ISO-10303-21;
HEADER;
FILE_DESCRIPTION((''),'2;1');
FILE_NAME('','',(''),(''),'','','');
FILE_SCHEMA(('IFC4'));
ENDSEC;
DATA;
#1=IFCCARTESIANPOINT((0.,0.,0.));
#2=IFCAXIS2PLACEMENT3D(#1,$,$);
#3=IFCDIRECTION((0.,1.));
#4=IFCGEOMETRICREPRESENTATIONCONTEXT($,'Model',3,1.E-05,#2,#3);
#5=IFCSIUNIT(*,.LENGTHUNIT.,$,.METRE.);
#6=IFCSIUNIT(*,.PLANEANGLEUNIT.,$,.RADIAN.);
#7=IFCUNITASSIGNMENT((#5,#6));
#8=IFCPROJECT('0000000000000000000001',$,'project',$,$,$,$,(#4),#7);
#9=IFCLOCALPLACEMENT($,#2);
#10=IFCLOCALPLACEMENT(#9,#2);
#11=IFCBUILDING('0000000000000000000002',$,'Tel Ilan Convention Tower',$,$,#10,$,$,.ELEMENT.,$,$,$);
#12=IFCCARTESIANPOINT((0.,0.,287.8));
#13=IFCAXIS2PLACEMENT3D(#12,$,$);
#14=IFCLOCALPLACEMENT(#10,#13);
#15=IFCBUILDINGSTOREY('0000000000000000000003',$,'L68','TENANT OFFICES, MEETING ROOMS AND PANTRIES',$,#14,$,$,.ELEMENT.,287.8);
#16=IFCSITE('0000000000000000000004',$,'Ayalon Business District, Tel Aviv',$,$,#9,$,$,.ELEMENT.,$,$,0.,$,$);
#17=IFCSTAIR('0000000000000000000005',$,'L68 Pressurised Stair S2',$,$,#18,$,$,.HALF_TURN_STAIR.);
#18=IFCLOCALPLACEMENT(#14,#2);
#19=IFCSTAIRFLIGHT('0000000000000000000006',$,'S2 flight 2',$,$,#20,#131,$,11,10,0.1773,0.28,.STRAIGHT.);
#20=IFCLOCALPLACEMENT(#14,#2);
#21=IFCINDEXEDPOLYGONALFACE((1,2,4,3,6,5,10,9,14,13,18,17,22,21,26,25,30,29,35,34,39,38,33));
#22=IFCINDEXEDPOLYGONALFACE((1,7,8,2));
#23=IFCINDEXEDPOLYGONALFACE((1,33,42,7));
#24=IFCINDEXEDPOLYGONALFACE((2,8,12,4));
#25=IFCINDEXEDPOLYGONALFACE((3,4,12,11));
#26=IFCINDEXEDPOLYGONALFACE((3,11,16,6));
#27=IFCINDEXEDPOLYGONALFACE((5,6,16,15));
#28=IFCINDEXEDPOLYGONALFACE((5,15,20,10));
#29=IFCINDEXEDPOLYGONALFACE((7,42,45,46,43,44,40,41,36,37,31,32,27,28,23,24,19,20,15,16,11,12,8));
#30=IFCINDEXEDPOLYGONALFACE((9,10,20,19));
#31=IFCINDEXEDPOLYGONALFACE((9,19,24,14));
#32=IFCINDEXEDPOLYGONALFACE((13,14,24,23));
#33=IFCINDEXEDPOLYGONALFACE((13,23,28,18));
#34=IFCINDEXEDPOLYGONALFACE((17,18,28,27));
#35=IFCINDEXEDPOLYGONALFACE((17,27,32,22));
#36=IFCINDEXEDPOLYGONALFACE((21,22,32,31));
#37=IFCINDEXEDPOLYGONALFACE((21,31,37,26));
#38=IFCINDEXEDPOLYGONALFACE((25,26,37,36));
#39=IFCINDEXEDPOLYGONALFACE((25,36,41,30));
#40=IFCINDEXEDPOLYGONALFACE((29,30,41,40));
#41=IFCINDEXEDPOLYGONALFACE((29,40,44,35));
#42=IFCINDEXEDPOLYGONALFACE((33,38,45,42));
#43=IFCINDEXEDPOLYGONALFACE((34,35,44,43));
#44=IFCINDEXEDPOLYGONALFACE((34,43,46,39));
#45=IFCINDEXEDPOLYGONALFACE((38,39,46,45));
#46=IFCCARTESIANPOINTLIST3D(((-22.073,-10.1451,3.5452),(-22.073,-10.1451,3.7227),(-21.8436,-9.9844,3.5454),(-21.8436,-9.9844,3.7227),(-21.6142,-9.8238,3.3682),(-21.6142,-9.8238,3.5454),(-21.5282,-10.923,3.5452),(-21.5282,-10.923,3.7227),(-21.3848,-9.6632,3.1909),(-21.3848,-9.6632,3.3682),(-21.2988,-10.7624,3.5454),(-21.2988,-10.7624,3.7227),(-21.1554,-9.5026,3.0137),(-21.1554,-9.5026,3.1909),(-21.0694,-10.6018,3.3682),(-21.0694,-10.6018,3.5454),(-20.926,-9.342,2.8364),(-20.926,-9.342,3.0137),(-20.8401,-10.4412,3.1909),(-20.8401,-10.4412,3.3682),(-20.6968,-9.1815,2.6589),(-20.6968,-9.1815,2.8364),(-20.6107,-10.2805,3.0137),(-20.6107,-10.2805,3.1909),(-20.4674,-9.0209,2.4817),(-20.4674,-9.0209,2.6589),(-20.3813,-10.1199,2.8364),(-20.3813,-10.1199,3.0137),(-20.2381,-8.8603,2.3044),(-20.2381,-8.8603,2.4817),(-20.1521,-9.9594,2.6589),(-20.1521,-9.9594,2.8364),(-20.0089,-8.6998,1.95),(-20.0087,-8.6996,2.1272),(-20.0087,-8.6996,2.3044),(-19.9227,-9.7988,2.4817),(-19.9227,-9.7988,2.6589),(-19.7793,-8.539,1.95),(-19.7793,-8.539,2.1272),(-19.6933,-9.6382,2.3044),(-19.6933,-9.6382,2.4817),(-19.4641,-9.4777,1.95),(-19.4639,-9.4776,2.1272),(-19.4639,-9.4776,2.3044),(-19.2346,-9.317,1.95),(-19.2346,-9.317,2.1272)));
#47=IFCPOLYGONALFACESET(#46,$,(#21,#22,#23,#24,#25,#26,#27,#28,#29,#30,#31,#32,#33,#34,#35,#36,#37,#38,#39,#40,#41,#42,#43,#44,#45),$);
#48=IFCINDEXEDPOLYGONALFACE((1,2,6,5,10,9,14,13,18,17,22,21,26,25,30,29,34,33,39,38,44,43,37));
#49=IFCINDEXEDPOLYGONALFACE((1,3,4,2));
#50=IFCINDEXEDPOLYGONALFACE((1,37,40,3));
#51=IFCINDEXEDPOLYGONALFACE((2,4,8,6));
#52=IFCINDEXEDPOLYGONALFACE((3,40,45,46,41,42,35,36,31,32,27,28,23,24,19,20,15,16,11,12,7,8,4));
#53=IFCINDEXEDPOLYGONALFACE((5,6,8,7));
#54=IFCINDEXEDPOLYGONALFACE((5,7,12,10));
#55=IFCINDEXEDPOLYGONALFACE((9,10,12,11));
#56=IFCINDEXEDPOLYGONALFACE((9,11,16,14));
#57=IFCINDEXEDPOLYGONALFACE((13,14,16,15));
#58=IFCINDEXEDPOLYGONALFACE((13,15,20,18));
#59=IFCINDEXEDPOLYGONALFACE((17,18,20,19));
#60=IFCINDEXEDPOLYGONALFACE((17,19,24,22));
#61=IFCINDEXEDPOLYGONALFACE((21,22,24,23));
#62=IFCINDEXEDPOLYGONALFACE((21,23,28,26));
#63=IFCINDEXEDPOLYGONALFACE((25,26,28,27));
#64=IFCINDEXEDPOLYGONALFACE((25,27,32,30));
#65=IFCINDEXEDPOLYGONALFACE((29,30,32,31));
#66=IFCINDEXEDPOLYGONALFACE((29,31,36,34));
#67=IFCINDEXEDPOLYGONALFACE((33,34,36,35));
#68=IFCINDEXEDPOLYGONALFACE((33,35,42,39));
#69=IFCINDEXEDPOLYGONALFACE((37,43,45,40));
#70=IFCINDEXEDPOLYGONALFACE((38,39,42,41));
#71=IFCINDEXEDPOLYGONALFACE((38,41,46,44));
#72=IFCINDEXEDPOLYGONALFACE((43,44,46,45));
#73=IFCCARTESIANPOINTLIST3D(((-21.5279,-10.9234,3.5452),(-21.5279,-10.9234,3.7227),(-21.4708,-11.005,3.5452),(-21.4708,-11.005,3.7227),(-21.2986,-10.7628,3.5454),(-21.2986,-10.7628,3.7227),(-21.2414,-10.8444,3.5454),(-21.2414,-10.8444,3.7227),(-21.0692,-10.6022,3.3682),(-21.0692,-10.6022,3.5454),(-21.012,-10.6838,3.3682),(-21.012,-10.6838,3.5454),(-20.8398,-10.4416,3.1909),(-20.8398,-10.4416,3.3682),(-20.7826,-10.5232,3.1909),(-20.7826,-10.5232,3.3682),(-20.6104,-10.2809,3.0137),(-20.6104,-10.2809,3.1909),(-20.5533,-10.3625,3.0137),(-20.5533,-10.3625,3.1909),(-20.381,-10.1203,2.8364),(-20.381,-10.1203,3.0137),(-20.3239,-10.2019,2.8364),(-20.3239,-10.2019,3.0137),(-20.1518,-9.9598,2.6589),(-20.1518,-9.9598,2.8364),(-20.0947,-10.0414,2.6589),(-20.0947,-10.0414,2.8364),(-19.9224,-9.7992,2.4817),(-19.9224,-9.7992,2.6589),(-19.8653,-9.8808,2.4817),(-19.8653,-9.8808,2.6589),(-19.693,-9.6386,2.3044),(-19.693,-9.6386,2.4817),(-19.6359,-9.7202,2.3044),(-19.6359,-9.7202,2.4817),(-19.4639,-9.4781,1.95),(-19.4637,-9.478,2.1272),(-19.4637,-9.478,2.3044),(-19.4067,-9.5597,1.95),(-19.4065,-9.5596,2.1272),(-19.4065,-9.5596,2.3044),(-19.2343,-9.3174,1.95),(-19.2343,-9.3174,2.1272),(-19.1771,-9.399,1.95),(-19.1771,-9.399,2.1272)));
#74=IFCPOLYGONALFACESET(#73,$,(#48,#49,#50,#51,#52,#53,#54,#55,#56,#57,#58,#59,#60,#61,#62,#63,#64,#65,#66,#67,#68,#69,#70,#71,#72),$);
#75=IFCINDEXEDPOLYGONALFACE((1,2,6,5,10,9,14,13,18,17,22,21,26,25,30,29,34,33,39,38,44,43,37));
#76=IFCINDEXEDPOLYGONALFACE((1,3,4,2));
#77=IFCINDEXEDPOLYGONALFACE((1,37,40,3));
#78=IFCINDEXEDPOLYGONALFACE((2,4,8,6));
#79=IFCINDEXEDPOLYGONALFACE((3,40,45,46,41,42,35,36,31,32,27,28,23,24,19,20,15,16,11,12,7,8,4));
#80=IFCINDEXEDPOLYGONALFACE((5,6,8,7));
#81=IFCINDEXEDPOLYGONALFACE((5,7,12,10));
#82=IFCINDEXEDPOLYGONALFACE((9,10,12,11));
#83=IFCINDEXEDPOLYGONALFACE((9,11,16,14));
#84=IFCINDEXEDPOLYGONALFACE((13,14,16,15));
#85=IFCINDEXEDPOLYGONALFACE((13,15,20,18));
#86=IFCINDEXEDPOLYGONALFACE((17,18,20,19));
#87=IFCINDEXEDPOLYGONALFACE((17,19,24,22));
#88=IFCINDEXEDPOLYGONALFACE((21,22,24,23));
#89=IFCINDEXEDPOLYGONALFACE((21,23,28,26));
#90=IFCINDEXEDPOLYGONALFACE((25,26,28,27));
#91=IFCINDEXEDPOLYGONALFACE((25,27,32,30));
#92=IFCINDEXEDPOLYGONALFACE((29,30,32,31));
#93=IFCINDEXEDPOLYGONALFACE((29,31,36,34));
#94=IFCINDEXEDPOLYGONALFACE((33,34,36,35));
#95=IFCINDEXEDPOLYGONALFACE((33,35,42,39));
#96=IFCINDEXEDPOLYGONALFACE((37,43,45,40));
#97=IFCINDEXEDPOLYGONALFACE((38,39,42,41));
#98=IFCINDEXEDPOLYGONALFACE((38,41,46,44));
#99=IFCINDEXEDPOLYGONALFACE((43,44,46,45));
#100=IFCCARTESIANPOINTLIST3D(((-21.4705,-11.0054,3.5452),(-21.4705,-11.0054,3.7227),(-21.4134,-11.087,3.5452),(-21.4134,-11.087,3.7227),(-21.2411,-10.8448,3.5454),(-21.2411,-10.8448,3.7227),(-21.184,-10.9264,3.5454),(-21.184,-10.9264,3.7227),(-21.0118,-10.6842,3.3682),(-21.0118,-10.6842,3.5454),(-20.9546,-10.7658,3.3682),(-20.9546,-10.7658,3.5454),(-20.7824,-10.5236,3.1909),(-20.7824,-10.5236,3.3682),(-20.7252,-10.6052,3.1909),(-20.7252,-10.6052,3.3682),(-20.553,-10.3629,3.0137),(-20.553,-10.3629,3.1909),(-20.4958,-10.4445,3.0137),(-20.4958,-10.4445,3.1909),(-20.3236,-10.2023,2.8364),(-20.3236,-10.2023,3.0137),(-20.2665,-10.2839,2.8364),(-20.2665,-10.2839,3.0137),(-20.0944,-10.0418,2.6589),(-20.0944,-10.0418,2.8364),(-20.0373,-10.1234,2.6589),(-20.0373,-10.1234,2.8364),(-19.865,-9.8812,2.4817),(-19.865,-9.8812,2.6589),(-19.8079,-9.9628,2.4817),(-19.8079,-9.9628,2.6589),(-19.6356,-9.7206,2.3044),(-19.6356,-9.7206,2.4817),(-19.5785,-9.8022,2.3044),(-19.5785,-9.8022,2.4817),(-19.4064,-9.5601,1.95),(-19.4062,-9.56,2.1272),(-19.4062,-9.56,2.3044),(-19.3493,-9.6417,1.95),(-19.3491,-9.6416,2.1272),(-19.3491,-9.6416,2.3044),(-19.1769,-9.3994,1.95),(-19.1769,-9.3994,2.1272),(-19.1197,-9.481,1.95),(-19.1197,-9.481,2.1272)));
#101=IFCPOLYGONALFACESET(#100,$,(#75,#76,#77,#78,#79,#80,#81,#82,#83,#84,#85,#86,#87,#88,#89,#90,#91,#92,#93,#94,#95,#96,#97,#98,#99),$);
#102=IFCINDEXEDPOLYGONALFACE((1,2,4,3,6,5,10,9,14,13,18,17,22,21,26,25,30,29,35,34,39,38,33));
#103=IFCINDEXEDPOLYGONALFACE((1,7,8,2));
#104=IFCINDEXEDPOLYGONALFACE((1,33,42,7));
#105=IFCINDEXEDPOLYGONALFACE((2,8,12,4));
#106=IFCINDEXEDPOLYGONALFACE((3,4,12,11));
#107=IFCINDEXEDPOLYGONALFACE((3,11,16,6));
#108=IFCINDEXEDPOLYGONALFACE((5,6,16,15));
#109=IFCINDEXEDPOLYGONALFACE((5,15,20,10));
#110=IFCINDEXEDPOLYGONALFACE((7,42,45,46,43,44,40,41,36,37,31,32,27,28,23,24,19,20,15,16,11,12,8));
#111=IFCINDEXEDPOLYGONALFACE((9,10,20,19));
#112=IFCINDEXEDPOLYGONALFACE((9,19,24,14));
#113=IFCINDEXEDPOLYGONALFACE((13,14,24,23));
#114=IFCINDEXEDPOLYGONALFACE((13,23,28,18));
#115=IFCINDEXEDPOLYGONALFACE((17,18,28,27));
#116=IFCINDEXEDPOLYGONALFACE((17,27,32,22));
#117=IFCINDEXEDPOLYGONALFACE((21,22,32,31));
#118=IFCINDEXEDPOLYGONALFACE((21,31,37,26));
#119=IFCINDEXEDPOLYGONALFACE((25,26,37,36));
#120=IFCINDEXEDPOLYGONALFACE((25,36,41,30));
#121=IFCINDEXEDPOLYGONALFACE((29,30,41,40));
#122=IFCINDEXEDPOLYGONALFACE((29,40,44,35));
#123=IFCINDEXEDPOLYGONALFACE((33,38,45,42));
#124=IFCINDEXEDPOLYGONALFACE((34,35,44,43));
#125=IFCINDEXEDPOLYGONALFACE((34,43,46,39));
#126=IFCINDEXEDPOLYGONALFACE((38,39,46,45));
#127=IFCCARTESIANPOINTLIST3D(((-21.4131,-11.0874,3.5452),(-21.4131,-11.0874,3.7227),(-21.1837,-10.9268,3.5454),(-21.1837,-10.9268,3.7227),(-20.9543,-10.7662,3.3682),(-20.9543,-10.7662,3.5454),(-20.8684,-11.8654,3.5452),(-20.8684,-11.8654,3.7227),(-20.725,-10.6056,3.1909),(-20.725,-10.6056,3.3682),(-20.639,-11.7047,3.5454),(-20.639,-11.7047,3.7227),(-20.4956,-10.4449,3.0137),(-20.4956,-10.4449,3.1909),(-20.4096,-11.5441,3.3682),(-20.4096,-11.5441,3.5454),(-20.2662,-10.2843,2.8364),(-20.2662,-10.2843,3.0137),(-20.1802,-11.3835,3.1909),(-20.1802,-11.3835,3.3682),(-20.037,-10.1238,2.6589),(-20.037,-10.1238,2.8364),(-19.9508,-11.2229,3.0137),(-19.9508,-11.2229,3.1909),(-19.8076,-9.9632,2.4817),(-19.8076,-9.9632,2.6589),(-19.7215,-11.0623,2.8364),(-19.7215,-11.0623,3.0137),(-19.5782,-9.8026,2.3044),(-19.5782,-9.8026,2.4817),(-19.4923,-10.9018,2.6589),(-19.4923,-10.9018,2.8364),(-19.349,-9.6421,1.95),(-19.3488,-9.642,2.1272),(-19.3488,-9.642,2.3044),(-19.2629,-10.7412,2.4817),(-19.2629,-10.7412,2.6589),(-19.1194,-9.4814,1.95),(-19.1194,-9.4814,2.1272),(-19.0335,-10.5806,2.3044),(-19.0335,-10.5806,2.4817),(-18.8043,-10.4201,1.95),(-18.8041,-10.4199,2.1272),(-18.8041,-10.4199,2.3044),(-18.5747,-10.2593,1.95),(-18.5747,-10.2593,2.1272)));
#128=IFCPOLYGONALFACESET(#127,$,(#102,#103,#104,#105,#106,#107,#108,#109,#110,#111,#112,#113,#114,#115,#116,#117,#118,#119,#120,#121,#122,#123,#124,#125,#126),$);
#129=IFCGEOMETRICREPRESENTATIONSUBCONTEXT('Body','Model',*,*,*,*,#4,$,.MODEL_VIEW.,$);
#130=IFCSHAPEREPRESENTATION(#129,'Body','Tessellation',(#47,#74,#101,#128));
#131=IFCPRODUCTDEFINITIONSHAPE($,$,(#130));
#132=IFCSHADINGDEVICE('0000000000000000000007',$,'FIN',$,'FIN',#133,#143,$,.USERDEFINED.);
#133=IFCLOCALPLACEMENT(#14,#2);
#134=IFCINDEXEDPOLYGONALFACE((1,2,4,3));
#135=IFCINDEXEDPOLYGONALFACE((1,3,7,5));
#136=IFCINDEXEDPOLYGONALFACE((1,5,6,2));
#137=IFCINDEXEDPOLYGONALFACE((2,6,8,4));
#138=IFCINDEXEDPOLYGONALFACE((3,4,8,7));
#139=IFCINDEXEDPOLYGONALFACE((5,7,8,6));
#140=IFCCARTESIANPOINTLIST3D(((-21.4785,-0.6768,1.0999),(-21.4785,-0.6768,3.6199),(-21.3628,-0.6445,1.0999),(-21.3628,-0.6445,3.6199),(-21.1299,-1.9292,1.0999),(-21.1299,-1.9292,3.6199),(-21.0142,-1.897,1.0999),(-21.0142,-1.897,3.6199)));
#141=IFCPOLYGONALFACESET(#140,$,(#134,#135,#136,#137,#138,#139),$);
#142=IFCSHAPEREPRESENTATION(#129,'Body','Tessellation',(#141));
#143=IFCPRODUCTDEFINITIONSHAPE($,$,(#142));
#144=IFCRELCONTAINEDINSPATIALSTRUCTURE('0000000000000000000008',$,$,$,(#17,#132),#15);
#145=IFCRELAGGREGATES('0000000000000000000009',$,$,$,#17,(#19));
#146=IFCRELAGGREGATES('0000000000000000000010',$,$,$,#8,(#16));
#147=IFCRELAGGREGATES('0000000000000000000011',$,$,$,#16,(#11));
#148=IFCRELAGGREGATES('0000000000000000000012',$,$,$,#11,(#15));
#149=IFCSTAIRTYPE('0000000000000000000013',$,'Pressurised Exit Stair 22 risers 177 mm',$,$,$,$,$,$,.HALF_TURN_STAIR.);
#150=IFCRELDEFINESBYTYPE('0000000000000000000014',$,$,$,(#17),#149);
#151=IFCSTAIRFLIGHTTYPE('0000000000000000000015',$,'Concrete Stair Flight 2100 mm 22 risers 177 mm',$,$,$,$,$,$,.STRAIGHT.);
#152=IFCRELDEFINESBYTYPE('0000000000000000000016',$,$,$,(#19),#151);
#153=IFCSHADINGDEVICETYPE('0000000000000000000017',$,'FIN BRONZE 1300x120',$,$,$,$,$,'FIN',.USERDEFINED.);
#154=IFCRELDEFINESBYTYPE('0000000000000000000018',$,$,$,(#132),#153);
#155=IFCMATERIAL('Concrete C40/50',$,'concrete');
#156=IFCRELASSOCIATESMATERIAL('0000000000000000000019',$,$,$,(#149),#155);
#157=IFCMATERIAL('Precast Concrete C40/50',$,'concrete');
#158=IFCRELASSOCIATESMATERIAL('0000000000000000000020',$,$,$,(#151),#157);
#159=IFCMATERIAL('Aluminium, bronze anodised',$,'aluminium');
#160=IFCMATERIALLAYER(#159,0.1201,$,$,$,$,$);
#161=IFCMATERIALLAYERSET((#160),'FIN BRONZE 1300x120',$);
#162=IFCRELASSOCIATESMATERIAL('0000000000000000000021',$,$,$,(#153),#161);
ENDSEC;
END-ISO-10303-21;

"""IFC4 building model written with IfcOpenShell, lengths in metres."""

from ifc_helpers import new_model, si_unit, direction, frame, origin, origin_2d, place, context, subcontext, project, spatial, polyline, rectangle, outline, extrude, material, layer, layer_set, type_object, element, aggregate, save


model = new_model("IFC4")

# Units and contexts
model_context = context("Model", 3, precision=1e-05, world=origin(), true_north=direction((0.0, 1.0)))
body_context = subcontext(model_context, "Body", "Model", "MODEL_VIEW")
ifc_project = project(units=[si_unit("LENGTHUNIT", "METRE"), si_unit("PLANEANGLEUNIT", "RADIAN")], contexts=[model_context])

# Site, building, storey
site_placement = place(None, origin())
site = spatial("IfcSite", under=ifc_project, at=site_placement, Name="Ayalon Business District, Tel Aviv", CompositionType="ELEMENT", RefElevation=0.0)
building_placement = place(site_placement, origin())
building = spatial("IfcBuilding", under=site, at=building_placement, Name="Tel Ilan Convention Tower", CompositionType="ELEMENT")
storey_placement = place(building_placement, frame((0.0, 0.0, 287.8)))
storey = spatial("IfcBuildingStorey", under=building, at=storey_placement, Name="L68", Description="TENANT OFFICES, MEETING ROOMS AND PANTRIES", CompositionType="ELEMENT", Elevation=287.8)

# Stair, stair flight
ifc_material_1 = material(Name="Concrete C40/50", Category="concrete")
stair_type = type_object("IfcStairType", Name="Pressurised Exit Stair 22 risers 177 mm", PredefinedType="HALF_TURN_STAIR", material=ifc_material_1)
ifc_material_2 = material(Name="Precast Concrete C40/50", Category="concrete")
stair_flight_type = type_object("IfcStairFlightType", Name="Concrete Stair Flight 2100 mm 22 risers 177 mm", PredefinedType="STRAIGHT", material=ifc_material_2)
stair_1_placement = place(storey_placement, origin())
stair_1 = element("IfcStair", 1, at=stair_1_placement, inside=storey, type_object=stair_type, Name="L68 Pressurised Stair S2", PredefinedType="HALF_TURN_STAIR")
stair_flight_1_placement = place(storey_placement, frame((-19.177, -9.3992, 1.95), z_axis=(0.0, 0.0, 1.0), x_axis=(-0.819152, -0.573576, 0.0)))
stair_flight_1 = element("IfcStairFlight", 2, at=stair_flight_1_placement, type_object=stair_flight_type, Name="S2 flight 2", NumberOfRisers=11, NumberOfTreads=10, PredefinedType="STRAIGHT", RiserHeight=0.1773, TreadLength=0.28, context=body_context, shape_type="SweptSolid", body=[
    extrude(outline(polyline([(0.0, 0.0), (0.0, 0.1772), (0.28, 0.1772), (0.28, 0.3545), (0.5601, 0.3545), (0.5601, 0.5317), (0.8401, 0.5317), (0.8401, 0.709), (1.1201, 0.709), (1.1201, 0.8865), (1.3999, 0.8865), (1.3999, 1.0637), (1.6799, 1.0637), (1.6799, 1.241), (1.96, 1.241), (1.96, 1.4182), (2.24, 1.4182), (2.24, 1.5955), (2.52, 1.5955), (2.52, 1.7727), (2.8, 1.7727), (2.8, 1.95), (2.8, 1.5952), (0.2803, 0.0), (0.0, 0.0)])), frame((0.0, -0.1003, 0.0), z_axis=(0.0, -1.0, 0.0), x_axis=(1.0, 0.0, 0.0)), (0.0, 0.0, 1.0), 0.9497),
    extrude(outline(polyline([(0.0, 0.0), (0.0, 0.1772), (0.28, 0.1772), (0.28, 0.3545), (0.5601, 0.3545), (0.5601, 0.5317), (0.8401, 0.5317), (0.8401, 0.709), (1.1201, 0.709), (1.1201, 0.8865), (1.3999, 0.8865), (1.3999, 1.0637), (1.6799, 1.0637), (1.6799, 1.241), (1.96, 1.241), (1.96, 1.4182), (2.24, 1.4182), (2.24, 1.5955), (2.52, 1.5955), (2.52, 1.7727), (2.8, 1.7727), (2.8, 1.95), (2.8, 1.5952), (0.2803, 0.0), (0.0, 0.0)])), frame((0.0, -0.0002, 0.0), z_axis=(0.0, -1.0, 0.0), x_axis=(1.0, 0.0, 0.0)), (0.0, 0.0, 1.0), 0.0996),
    extrude(outline(polyline([(0.0, 0.0), (0.0, 0.1772), (0.28, 0.1772), (0.28, 0.3545), (0.5601, 0.3545), (0.5601, 0.5317), (0.8401, 0.5317), (0.8401, 0.709), (1.1201, 0.709), (1.1201, 0.8865), (1.3999, 0.8865), (1.3999, 1.0637), (1.6799, 1.0637), (1.6799, 1.241), (1.96, 1.241), (1.96, 1.4182), (2.24, 1.4182), (2.24, 1.5955), (2.52, 1.5955), (2.52, 1.7727), (2.8, 1.7727), (2.8, 1.95), (2.8, 1.5952), (0.2803, 0.0), (0.0, 0.0)])), frame((0.0, 0.0999, 0.0), z_axis=(0.0, -1.0, 0.0), x_axis=(1.0, 0.0, 0.0)), (0.0, 0.0, 1.0), 0.0996),
    extrude(outline(polyline([(0.0, 0.0), (0.0, 0.1772), (0.28, 0.1772), (0.28, 0.3545), (0.5601, 0.3545), (0.5601, 0.5317), (0.8401, 0.5317), (0.8401, 0.709), (1.1201, 0.709), (1.1201, 0.8865), (1.3999, 0.8865), (1.3999, 1.0637), (1.6799, 1.0637), (1.6799, 1.241), (1.96, 1.241), (1.96, 1.4182), (2.24, 1.4182), (2.24, 1.5955), (2.52, 1.5955), (2.52, 1.7727), (2.8, 1.7727), (2.8, 1.95), (2.8, 1.5952), (0.2803, 0.0), (0.0, 0.0)])), frame((0.0, 1.05, 0.0), z_axis=(0.0, -1.0, 0.0), x_axis=(1.0, 0.0, 0.0)), (0.0, 0.0, 1.0), 0.9497),
])
aggregate(stair_1, [stair_flight_1])

# Shading device
ifc_material_3 = material(Name="Aluminium, bronze anodised", Category="aluminium")
ifc_layer_1 = layer(ifc_material_3, 0.1201)
ifc_layer_set_1 = layer_set([ifc_layer_1], Name="FIN BRONZE 1300x120")
shading_device_type = type_object("IfcShadingDeviceType", Name="FIN BRONZE 1300x120", ElementType="FIN", PredefinedType="USERDEFINED", material=ifc_layer_set_1)
shading_device_placement = place(storey_placement, frame((-21.2463, -1.2869, 1.0999), z_axis=(0.0, 0.0, 1.0), x_axis=(-0.268173, 0.963371, 0.0)))
element("IfcShadingDevice", 3, at=shading_device_placement, inside=storey, type_object=shading_device_type, Name="FIN", ObjectType="FIN", PredefinedType="USERDEFINED", context=body_context, shape_type="SweptSolid", body=[
    extrude(rectangle(XDim=1.3, YDim=0.1201, at=origin_2d()), origin(), (0.0, 0.0, 1.0), 2.52),
])

save(model, "model.ifc")
